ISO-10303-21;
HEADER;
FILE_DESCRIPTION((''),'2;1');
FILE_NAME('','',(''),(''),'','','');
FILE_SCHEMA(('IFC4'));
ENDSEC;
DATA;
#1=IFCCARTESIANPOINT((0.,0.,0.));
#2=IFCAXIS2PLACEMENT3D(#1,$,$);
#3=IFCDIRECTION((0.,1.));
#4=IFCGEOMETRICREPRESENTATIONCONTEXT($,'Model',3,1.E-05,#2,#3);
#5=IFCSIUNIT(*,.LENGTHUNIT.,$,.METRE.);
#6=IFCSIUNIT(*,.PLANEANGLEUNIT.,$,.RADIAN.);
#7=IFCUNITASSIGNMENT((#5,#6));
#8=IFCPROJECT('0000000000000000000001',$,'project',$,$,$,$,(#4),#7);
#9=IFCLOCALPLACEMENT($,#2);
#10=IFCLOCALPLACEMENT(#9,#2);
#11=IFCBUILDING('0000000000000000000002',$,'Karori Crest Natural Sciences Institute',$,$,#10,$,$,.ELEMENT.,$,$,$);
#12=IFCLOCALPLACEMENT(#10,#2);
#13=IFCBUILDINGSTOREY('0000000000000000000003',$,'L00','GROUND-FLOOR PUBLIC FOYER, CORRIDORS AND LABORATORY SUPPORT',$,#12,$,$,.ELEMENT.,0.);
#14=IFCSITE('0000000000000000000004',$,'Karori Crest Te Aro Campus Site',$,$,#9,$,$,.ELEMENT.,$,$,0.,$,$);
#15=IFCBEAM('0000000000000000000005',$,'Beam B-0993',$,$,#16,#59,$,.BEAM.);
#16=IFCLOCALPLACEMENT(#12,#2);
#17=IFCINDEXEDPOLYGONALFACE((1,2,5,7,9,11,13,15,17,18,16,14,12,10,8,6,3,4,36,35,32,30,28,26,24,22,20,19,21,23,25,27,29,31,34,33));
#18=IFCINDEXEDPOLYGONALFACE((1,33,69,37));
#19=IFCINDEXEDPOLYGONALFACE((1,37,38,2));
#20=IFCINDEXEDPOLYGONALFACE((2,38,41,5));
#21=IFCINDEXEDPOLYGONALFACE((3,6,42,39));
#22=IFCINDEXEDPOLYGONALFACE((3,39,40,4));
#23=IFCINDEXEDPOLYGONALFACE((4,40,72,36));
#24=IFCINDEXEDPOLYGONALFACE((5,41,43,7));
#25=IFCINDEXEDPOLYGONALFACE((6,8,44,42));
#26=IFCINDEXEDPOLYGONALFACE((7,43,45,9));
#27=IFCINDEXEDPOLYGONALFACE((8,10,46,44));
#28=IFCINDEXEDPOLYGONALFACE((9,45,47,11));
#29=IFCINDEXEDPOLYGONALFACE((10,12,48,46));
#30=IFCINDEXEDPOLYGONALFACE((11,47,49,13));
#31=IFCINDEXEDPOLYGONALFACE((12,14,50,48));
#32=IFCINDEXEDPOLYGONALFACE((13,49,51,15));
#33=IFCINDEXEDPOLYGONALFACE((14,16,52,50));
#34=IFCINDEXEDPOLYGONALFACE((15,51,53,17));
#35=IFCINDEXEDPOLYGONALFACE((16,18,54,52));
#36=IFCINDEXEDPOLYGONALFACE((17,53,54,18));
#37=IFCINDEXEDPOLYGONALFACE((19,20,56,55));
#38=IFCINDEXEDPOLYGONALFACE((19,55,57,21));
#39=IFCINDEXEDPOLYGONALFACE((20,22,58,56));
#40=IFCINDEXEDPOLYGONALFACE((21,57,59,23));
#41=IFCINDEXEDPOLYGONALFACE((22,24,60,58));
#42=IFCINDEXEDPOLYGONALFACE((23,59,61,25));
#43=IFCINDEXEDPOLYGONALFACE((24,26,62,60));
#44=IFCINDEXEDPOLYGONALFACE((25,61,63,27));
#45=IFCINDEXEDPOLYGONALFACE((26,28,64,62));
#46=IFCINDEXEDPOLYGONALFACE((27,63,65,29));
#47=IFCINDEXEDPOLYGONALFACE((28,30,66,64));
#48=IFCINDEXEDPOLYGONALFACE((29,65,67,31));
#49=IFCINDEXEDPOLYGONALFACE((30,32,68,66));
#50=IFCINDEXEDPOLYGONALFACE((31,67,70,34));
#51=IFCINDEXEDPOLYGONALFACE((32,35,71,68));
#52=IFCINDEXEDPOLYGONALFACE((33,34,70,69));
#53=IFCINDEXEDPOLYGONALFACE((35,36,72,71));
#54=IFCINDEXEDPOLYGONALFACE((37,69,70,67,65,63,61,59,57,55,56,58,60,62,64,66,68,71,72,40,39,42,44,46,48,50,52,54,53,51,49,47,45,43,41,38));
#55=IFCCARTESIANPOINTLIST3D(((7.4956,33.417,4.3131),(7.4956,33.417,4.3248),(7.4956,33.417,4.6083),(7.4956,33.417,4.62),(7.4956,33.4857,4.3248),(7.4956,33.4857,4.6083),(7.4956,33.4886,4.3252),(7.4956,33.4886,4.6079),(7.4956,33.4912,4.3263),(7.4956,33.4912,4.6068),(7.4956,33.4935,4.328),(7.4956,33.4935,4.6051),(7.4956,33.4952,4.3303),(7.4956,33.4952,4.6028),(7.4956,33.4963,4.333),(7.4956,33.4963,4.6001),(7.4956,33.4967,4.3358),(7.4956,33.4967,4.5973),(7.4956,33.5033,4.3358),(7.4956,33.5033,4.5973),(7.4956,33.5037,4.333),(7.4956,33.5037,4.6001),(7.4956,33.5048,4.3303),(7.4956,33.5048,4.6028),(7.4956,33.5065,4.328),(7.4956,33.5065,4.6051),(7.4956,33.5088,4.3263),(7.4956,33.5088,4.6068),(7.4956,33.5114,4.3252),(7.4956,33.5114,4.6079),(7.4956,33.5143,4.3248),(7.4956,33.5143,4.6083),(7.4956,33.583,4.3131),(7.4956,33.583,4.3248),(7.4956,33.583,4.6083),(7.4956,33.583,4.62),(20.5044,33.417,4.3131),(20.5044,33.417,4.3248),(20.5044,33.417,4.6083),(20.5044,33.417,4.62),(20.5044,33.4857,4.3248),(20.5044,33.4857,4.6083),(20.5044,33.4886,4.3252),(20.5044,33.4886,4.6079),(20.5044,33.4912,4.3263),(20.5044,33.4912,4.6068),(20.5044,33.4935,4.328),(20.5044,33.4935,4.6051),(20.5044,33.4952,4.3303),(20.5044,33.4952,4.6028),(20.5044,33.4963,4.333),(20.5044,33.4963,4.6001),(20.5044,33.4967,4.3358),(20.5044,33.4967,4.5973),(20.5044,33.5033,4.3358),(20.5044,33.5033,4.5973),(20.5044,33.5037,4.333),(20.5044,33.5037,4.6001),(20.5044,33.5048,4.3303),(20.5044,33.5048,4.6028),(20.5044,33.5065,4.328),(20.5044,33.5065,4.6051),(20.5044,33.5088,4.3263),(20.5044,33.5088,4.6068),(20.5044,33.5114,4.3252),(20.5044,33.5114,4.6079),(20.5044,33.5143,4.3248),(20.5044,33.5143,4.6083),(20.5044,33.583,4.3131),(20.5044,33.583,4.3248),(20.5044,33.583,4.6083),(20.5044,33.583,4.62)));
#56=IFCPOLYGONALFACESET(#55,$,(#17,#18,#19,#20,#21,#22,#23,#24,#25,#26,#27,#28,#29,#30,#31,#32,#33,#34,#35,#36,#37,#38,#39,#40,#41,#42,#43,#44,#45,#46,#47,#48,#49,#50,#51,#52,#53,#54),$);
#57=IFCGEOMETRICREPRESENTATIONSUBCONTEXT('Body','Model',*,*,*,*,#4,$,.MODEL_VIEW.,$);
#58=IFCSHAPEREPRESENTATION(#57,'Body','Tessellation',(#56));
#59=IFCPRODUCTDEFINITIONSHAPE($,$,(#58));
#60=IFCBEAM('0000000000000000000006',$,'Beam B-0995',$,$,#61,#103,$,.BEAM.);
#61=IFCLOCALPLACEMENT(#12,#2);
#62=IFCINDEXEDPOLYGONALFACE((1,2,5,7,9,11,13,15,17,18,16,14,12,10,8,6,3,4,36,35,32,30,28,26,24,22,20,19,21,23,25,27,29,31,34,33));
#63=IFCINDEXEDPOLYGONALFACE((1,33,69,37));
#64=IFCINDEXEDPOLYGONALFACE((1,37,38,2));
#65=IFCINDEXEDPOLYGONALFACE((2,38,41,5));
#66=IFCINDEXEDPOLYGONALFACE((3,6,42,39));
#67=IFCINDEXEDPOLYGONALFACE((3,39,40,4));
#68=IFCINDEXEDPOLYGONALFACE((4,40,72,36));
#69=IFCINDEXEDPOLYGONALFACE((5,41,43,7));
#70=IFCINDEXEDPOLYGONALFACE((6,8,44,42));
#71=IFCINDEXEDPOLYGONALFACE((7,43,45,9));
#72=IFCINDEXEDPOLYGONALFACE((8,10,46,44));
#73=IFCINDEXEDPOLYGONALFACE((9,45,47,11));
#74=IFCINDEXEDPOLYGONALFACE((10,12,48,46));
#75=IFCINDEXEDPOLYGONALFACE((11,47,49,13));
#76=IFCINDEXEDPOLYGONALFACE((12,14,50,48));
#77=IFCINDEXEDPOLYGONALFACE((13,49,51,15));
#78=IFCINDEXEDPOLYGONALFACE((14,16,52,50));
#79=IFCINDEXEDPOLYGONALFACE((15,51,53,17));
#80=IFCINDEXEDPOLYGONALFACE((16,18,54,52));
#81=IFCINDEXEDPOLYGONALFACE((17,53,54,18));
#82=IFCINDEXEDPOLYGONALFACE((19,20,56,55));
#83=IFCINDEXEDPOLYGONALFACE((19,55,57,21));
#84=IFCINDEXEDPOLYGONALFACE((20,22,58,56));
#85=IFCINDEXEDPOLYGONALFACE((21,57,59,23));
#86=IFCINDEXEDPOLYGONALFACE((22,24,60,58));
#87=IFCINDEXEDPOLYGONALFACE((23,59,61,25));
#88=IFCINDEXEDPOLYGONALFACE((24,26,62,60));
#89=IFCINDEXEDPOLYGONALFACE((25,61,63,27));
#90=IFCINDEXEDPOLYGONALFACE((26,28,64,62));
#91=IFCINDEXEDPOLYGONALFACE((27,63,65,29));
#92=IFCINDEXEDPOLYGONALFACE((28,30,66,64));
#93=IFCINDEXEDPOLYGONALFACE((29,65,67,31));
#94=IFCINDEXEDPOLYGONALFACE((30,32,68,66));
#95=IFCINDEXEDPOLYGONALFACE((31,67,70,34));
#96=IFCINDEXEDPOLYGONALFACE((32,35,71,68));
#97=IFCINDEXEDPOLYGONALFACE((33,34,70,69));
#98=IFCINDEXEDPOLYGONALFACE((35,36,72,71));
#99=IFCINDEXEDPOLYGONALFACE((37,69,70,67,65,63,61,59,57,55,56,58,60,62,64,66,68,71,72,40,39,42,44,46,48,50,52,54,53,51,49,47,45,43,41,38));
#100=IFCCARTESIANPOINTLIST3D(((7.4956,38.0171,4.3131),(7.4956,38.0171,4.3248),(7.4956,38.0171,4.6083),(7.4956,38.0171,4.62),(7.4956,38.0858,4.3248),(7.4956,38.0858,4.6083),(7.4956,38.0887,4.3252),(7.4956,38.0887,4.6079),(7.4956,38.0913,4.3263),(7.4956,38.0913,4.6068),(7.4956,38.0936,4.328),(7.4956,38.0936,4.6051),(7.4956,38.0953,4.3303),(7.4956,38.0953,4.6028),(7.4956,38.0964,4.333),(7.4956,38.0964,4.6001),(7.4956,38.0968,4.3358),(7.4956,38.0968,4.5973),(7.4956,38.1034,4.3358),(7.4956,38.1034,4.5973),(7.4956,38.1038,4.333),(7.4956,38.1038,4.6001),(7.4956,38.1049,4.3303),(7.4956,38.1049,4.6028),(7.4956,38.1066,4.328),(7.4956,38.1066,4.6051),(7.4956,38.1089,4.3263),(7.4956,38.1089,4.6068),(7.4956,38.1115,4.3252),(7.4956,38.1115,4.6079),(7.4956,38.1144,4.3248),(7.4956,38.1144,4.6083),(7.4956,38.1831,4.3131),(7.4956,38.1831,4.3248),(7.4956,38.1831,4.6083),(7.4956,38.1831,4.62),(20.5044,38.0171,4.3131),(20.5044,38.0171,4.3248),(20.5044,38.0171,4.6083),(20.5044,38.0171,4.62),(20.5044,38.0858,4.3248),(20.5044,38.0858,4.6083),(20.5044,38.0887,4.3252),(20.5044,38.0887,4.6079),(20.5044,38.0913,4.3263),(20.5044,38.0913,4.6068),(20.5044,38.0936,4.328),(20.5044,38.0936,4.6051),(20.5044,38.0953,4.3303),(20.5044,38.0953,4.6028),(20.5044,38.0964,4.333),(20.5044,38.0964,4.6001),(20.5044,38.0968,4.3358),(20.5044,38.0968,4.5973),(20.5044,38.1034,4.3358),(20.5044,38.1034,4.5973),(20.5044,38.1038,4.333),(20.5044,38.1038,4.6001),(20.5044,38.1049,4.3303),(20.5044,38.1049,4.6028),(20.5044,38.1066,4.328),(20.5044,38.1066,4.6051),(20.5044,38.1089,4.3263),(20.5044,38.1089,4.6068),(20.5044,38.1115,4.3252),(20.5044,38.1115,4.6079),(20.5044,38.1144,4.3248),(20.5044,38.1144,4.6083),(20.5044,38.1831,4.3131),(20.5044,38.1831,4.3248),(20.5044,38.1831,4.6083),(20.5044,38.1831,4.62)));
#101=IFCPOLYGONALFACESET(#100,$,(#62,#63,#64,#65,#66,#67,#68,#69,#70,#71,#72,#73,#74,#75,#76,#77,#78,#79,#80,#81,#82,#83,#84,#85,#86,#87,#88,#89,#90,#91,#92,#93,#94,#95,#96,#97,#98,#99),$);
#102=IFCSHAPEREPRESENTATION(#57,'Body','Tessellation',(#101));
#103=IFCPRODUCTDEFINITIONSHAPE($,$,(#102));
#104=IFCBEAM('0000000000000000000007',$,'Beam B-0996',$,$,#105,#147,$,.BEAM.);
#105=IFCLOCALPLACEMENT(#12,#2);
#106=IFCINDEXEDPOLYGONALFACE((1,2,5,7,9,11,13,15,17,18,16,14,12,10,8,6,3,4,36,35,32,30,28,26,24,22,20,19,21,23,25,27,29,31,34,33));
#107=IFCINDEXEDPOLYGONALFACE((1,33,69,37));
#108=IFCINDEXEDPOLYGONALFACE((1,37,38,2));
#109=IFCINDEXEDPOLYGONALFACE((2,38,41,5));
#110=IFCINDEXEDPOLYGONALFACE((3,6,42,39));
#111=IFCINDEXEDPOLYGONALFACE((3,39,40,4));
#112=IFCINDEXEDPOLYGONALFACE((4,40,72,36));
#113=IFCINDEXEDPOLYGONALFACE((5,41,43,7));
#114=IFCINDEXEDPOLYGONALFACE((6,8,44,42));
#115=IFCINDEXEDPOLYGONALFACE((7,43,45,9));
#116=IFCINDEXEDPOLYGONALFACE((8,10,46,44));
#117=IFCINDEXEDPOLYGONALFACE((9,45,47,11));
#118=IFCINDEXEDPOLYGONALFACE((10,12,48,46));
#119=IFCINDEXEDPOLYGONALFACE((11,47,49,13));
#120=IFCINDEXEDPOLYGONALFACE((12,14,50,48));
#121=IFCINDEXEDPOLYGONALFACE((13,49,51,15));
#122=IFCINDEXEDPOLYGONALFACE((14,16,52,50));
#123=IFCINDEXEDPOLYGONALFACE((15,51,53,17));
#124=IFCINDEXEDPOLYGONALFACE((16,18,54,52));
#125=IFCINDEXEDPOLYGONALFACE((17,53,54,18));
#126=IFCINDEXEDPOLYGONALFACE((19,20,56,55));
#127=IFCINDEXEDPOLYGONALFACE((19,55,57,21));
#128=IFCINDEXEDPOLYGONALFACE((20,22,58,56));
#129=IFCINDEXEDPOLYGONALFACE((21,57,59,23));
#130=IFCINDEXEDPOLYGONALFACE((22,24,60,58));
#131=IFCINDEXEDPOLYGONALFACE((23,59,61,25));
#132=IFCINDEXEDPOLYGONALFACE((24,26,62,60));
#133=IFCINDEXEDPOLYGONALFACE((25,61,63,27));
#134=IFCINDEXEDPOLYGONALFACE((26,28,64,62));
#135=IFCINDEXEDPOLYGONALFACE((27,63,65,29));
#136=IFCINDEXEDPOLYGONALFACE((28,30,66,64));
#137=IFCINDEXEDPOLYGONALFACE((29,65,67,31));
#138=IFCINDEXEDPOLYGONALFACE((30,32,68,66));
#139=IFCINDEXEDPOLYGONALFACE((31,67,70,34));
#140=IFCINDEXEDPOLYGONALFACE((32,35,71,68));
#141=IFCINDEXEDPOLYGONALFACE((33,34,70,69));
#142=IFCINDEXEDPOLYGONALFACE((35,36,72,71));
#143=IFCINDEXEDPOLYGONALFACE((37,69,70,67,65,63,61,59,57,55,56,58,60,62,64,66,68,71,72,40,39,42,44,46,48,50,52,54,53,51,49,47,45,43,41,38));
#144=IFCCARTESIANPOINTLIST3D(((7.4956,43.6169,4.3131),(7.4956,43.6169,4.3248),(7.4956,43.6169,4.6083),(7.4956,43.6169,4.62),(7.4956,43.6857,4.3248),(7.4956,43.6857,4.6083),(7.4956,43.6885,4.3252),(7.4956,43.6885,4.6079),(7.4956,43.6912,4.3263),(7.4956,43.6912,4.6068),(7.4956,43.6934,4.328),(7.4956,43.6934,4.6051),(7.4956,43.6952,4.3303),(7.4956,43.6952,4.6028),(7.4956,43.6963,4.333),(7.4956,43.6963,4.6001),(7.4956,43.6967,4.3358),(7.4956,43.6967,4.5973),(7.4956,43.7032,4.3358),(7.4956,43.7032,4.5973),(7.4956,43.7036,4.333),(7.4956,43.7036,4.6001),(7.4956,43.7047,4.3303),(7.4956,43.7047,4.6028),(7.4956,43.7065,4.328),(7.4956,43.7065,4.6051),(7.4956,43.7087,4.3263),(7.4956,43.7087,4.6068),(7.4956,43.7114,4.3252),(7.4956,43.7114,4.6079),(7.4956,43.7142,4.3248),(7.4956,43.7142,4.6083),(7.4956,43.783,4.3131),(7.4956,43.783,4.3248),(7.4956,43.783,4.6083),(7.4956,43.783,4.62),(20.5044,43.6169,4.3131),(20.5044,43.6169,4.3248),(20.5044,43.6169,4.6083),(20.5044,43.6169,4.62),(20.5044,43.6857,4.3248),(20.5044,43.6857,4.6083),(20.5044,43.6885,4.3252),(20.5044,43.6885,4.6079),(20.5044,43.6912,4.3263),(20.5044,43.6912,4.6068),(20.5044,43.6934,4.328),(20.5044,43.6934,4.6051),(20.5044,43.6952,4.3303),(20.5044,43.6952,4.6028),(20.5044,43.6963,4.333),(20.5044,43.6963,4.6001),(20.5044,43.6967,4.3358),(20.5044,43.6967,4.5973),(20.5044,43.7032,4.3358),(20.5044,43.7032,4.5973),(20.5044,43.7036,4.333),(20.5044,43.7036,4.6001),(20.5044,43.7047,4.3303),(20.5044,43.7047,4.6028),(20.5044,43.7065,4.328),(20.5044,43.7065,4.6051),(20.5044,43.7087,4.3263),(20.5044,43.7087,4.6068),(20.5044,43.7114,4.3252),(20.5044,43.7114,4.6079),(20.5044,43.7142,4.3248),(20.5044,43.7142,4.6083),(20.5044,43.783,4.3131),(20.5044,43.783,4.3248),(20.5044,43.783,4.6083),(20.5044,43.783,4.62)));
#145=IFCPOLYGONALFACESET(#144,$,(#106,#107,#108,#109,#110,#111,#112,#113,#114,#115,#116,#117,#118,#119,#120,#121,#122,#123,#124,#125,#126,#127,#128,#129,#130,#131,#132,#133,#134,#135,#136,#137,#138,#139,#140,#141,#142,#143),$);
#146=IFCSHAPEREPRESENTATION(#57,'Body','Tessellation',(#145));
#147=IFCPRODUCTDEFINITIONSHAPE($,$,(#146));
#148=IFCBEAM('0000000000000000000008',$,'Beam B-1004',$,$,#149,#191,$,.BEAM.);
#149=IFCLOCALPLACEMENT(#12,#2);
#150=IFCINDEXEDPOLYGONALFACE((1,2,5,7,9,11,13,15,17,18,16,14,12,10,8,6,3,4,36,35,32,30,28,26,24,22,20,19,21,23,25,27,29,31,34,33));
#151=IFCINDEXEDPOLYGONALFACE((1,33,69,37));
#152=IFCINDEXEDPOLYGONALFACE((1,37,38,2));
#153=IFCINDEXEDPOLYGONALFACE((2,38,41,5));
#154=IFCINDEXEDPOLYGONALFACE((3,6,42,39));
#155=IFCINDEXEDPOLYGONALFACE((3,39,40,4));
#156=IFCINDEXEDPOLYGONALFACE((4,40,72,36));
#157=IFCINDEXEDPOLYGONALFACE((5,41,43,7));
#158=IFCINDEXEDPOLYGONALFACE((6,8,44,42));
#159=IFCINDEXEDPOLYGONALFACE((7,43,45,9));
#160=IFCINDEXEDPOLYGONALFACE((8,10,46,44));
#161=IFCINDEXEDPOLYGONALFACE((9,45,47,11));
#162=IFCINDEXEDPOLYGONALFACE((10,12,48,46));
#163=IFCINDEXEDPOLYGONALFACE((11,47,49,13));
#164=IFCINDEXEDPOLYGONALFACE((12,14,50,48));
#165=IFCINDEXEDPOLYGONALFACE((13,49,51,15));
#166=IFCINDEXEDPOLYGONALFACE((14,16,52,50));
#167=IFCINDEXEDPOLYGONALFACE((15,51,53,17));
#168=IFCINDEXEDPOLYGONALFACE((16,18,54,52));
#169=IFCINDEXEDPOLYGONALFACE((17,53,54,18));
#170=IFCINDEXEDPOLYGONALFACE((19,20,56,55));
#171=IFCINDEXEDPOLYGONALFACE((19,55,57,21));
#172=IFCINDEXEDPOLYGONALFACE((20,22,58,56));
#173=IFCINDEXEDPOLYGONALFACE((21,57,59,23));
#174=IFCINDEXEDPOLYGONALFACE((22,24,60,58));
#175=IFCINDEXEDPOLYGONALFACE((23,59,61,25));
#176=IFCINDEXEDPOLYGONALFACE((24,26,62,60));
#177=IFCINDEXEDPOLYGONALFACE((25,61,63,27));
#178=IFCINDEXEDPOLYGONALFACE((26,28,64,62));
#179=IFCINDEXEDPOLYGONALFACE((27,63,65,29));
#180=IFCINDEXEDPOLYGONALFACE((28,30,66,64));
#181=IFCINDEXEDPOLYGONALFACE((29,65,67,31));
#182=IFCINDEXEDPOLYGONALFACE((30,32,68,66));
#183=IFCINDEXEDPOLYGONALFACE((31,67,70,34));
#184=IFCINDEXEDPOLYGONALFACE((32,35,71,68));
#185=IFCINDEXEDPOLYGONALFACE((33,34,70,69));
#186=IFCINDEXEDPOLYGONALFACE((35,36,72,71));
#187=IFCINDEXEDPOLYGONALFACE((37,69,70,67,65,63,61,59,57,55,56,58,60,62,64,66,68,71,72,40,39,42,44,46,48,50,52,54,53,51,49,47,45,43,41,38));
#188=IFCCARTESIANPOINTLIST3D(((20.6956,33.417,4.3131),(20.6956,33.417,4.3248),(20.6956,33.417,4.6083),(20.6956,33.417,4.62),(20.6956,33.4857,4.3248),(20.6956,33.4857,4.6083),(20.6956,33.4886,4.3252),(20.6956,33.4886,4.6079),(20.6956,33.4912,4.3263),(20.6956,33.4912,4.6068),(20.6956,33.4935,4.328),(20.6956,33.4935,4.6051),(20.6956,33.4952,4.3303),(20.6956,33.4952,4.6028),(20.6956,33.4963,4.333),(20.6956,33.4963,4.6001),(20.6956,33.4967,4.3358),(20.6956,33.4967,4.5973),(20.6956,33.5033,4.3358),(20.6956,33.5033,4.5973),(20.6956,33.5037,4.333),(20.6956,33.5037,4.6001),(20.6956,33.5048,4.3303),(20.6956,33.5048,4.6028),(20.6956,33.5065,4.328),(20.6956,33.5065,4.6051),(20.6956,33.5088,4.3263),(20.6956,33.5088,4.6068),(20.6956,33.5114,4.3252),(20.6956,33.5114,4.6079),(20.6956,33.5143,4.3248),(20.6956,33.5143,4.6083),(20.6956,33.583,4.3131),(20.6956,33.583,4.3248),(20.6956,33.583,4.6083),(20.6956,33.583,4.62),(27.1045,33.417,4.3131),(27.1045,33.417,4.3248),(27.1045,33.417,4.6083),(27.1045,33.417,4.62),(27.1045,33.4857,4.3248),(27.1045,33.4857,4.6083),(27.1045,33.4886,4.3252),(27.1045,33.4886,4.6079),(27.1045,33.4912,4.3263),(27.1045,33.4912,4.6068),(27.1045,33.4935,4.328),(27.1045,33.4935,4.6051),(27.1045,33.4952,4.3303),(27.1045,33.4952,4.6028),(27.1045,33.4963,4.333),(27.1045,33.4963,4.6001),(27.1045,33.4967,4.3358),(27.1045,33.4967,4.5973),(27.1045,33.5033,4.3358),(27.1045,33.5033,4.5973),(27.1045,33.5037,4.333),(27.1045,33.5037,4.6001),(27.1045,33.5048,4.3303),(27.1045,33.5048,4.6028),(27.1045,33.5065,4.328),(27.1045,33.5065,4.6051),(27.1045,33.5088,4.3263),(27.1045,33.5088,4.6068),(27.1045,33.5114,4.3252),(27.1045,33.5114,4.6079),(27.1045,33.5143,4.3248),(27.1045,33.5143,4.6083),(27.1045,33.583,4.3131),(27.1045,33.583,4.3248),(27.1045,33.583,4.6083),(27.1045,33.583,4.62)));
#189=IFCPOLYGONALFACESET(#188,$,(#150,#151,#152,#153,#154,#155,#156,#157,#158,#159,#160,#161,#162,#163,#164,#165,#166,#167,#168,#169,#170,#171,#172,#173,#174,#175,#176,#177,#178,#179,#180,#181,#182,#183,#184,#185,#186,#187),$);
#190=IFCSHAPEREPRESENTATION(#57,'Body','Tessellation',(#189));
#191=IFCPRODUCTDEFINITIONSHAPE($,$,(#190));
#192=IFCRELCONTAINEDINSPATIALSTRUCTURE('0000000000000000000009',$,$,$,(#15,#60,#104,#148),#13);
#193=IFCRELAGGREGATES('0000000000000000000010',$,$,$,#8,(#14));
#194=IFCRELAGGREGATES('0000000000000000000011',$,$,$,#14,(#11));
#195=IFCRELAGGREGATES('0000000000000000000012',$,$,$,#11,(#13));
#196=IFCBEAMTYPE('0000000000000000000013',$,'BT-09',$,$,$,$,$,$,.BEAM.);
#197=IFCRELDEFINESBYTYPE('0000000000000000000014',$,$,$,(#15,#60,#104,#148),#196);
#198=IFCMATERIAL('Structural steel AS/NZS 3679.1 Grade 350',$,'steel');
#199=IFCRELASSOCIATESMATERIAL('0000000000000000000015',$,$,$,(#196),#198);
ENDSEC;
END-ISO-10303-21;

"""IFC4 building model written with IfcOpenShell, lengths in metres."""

from ifc_helpers import new_model, si_unit, direction, frame, origin, origin_2d, place, context, subcontext, project, spatial, i_section, extrude, material, material_profile, profile_set, type_object, element, save


model = new_model("IFC4")

# Units and contexts
model_context = context("Model", 3, precision=1e-05, world=origin(), true_north=direction((0.0, 1.0)))
body_context = subcontext(model_context, "Body", "Model", "MODEL_VIEW")
ifc_project = project(units=[si_unit("LENGTHUNIT", "METRE"), si_unit("PLANEANGLEUNIT", "RADIAN")], contexts=[model_context])

# Site, building, storey
site_placement = place(None, origin())
site = spatial("IfcSite", under=ifc_project, at=site_placement, Name="Karori Crest Te Aro Campus Site", CompositionType="ELEMENT", RefElevation=0.0)
building_placement = place(site_placement, origin())
building = spatial("IfcBuilding", under=site, at=building_placement, Name="Karori Crest Natural Sciences Institute", CompositionType="ELEMENT")
storey_placement = place(building_placement, origin())
storey = spatial("IfcBuildingStorey", under=building, at=storey_placement, Name="L00", Description="GROUND-FLOOR PUBLIC FOYER, CORRIDORS AND LABORATORY SUPPORT", CompositionType="ELEMENT", Elevation=0.0)

# Shared definitions
ifc_material_1 = material(Name="Structural steel AS/NZS 3679.1 Grade 350", Category="steel")

# Beams
ifc_material_profile_1 = material_profile(ifc_material_1, i_section(OverallWidth=0.166, OverallDepth=0.3069, WebThickness=0.0066, FlangeThickness=0.0117, FilletRadius=0.011, at=origin_2d()), Name="310UB46.2")
ifc_profile_set_1 = profile_set([ifc_material_profile_1], Name="Structural steel AS/NZS 3679.1 Grade 350")
beam_type_1 = type_object("IfcBeamType", Name="BT-09", PredefinedType="BEAM", material=ifc_profile_set_1)
for number, where, z_axis, x_axis, name in (
    (1, (7.4956, 33.5, 4.4666), (1.0, 0.0, 0.0), (0.0, 1.0, 0.0), "Beam B-0993"),
    (2, (7.4956, 38.1001, 4.4666), (1.0, 0.0, 0.0), (0.0, 1.0, 0.0), "Beam B-0995"),
    (3, (7.4956, 43.7, 4.4666), (1.0, 0.0, 0.0), (0.0, 1.0, 0.0), "Beam B-0996"),
):
    element("IfcBeam", number, at=place(storey_placement, frame(where, z_axis=z_axis, x_axis=x_axis)), inside=storey, type_object=beam_type_1, Name=name, PredefinedType="BEAM", context=body_context, shape_type="SweptSolid", body=[
        extrude(i_section(OverallWidth=0.166, OverallDepth=0.3069, WebThickness=0.0066, FlangeThickness=0.0117, FilletRadius=0.011, at=origin_2d()), origin(), (0.0, 0.0, 1.0), 13.0088),
    ])
for number, where, z_axis, x_axis, name in (
    (4, (20.6956, 33.5, 4.4666), (1.0, 0.0, 0.0), (0.0, 1.0, 0.0), "Beam B-1004"),
):
    element("IfcBeam", number, at=place(storey_placement, frame(where, z_axis=z_axis, x_axis=x_axis)), inside=storey, type_object=beam_type_1, Name=name, PredefinedType="BEAM", context=body_context, shape_type="SweptSolid", body=[
        extrude(i_section(OverallWidth=0.166, OverallDepth=0.3069, WebThickness=0.0066, FlangeThickness=0.0117, FilletRadius=0.011, at=origin_2d()), origin(), (0.0, 0.0, 1.0), 6.4089),
    ])

save(model, "model.ifc")
